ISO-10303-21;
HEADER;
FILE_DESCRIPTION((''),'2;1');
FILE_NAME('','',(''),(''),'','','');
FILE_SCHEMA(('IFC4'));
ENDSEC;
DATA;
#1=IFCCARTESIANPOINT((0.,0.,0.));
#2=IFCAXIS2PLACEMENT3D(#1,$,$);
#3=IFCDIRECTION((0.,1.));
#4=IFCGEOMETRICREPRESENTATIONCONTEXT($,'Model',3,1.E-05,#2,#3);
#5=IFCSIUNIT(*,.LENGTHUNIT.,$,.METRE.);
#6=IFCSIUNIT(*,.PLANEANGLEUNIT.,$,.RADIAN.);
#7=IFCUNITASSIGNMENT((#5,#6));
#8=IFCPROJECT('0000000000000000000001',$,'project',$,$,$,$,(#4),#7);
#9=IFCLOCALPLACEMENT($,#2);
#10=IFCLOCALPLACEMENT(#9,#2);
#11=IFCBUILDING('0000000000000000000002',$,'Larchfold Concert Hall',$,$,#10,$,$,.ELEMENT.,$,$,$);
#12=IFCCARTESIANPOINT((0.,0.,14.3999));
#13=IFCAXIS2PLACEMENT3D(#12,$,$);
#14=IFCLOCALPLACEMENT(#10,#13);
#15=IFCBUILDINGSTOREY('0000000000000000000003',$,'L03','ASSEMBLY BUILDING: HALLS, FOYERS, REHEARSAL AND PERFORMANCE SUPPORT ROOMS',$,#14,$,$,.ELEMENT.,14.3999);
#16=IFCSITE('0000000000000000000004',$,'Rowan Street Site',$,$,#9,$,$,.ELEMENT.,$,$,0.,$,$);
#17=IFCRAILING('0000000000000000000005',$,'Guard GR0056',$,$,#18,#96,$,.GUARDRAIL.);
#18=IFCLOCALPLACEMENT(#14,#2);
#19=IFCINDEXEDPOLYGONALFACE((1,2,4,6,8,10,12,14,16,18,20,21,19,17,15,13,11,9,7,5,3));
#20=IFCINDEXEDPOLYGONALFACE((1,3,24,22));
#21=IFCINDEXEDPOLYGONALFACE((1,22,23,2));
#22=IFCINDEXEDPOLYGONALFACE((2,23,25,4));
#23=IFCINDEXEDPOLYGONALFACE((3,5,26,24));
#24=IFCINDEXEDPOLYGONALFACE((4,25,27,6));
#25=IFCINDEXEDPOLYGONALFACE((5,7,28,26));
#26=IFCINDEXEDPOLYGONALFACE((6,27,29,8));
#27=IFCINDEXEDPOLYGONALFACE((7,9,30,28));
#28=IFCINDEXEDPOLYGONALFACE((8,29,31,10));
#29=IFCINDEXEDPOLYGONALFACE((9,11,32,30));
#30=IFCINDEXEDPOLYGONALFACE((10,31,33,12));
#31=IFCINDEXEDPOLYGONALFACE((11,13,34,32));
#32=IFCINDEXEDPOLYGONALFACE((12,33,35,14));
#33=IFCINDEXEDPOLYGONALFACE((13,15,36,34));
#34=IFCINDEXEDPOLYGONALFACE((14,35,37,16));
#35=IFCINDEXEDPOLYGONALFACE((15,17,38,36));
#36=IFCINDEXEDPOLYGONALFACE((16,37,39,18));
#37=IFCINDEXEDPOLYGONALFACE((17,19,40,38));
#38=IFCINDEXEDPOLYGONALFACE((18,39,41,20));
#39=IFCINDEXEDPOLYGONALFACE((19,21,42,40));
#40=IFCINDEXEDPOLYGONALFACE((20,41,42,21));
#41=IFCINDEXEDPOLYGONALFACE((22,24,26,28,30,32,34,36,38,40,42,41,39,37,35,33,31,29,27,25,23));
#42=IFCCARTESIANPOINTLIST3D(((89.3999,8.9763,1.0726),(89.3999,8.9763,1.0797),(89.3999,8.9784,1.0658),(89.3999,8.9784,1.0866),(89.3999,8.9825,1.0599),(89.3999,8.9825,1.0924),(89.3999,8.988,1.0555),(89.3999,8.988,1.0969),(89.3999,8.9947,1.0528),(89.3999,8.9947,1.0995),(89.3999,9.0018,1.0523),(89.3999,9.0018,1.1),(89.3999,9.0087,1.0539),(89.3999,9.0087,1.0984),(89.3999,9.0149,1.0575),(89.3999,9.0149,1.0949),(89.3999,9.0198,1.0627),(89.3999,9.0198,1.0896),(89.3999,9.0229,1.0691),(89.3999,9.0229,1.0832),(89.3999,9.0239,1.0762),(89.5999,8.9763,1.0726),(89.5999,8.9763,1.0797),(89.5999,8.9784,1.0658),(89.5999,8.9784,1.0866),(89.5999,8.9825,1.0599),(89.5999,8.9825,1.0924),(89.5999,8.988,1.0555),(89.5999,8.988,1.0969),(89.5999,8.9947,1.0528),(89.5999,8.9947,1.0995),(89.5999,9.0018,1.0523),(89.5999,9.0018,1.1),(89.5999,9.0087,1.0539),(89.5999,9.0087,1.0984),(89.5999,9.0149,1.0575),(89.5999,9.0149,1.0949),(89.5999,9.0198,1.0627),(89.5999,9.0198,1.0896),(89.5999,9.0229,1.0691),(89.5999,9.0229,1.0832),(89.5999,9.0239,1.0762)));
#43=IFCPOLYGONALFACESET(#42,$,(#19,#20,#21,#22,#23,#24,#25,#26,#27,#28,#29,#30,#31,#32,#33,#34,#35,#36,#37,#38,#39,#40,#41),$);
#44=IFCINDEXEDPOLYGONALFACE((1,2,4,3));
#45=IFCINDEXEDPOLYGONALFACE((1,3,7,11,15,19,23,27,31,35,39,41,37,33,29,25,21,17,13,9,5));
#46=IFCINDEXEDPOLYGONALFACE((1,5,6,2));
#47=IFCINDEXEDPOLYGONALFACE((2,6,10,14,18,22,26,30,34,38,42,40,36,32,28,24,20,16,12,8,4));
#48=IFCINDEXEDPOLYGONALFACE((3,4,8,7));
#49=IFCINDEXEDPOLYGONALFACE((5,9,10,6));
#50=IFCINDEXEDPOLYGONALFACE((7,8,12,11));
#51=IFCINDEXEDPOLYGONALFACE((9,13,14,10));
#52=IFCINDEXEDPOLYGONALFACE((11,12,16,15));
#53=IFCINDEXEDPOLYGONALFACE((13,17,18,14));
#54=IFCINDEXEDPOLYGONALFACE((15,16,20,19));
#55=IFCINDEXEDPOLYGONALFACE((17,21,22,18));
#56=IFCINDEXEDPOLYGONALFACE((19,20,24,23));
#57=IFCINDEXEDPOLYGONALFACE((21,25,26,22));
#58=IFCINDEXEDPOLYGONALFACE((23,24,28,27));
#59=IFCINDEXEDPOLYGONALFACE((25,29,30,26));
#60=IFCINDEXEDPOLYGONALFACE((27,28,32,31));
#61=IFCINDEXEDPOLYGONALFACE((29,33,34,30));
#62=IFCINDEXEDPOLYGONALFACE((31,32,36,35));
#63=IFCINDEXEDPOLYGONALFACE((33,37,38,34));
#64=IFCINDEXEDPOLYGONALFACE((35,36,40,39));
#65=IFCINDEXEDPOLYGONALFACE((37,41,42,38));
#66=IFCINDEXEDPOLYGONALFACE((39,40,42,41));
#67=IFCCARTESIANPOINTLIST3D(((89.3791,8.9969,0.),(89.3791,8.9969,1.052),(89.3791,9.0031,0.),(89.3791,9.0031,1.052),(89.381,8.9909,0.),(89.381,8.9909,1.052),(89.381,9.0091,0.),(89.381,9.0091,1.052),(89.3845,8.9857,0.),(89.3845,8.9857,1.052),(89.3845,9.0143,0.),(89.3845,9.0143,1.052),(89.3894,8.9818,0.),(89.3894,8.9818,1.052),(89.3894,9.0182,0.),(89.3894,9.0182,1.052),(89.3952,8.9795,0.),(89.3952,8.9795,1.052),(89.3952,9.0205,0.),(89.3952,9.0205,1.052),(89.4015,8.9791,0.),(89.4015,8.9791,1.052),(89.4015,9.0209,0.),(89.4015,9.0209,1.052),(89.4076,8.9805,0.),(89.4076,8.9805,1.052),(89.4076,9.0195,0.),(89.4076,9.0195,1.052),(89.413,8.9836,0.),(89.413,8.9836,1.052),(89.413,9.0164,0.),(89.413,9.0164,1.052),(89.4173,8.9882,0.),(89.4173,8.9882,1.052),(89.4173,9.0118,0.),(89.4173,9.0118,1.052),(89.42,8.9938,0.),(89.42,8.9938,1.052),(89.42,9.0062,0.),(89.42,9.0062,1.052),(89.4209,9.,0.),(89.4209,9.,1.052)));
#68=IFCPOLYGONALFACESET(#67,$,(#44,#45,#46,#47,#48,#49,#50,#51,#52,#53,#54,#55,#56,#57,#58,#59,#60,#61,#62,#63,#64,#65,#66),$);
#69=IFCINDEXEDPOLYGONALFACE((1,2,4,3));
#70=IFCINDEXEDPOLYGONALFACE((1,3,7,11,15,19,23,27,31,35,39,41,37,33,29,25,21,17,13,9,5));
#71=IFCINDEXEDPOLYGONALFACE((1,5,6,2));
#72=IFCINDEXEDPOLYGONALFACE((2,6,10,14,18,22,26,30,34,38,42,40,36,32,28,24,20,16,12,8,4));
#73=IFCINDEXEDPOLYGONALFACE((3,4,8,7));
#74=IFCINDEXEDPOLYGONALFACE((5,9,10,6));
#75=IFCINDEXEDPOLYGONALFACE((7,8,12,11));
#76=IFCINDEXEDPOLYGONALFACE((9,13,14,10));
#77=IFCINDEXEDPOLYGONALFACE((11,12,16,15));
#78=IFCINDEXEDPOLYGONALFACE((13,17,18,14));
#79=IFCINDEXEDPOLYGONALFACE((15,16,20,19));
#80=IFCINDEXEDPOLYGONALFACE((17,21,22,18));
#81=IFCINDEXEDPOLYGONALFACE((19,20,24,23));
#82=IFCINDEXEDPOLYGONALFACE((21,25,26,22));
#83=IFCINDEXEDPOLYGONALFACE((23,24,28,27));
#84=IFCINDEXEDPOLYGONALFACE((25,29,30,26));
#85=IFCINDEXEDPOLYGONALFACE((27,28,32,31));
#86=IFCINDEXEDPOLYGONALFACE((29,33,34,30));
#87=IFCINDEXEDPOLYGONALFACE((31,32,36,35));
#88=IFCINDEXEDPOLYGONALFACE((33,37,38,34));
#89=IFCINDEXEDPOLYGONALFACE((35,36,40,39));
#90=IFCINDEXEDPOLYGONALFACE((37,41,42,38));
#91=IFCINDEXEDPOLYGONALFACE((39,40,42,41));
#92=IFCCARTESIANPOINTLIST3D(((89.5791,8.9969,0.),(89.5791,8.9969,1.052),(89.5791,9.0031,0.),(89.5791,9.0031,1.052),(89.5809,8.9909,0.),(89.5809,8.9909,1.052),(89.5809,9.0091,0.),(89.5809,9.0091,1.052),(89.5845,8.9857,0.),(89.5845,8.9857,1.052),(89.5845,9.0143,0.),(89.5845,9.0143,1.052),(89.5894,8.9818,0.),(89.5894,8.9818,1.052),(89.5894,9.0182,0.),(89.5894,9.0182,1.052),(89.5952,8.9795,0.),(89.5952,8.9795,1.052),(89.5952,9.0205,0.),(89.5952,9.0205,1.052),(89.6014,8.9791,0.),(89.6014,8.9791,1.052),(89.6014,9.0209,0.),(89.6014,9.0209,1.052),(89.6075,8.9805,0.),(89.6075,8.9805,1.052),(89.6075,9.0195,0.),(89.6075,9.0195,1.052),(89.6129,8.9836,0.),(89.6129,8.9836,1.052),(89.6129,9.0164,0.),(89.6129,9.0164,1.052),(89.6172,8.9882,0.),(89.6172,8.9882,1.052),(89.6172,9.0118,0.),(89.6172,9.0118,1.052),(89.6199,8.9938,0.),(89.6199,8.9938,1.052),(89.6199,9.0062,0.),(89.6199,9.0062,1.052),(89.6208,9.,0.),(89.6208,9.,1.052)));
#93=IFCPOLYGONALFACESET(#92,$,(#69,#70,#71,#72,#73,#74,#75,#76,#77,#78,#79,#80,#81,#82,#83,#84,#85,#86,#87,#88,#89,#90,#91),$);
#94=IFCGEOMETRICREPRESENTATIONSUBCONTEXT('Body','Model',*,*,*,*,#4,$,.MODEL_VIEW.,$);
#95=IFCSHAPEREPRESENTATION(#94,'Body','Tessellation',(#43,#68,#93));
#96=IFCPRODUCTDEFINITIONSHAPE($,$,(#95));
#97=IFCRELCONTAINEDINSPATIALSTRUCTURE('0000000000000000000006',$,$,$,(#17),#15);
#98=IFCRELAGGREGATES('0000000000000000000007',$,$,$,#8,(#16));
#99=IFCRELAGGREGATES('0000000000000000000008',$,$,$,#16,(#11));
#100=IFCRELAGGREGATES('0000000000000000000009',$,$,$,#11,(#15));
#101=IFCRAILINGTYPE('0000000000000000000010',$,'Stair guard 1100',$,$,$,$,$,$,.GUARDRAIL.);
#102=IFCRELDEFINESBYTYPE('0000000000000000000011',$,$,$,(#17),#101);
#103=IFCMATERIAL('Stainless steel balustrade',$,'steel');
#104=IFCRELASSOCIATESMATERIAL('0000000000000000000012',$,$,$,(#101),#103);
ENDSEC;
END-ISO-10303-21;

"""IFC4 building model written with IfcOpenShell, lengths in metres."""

from ifc_helpers import new_model, si_unit, direction, frame, origin, origin_2d, place, context, subcontext, project, spatial, circle, extrude, material, type_object, element, save


model = new_model("IFC4")

# Units and contexts
model_context = context("Model", 3, precision=1e-05, world=origin(), true_north=direction((0.0, 1.0)))
body_context = subcontext(model_context, "Body", "Model", "MODEL_VIEW")
ifc_project = project(units=[si_unit("LENGTHUNIT", "METRE"), si_unit("PLANEANGLEUNIT", "RADIAN")], contexts=[model_context])

# Site, building, storey
site_placement = place(None, origin())
site = spatial("IfcSite", under=ifc_project, at=site_placement, Name="Rowan Street Site", CompositionType="ELEMENT", RefElevation=0.0)
building_placement = place(site_placement, origin())
building = spatial("IfcBuilding", under=site, at=building_placement, Name="Larchfold Concert Hall", CompositionType="ELEMENT")
storey_placement = place(building_placement, frame((0.0, 0.0, 14.3999)))
storey = spatial("IfcBuildingStorey", under=building, at=storey_placement, Name="L03", Description="ASSEMBLY BUILDING: HALLS, FOYERS, REHEARSAL AND PERFORMANCE SUPPORT ROOMS", CompositionType="ELEMENT", Elevation=14.3999)

# Railing
ifc_material_1 = material(Name="Stainless steel balustrade", Category="steel")
railing_type_1 = type_object("IfcRailingType", Name="Stair guard 1100", PredefinedType="GUARDRAIL", material=ifc_material_1)
railing_1_placement = place(storey_placement, frame((89.3999, 9.0, 0.0)))
element("IfcRailing", 1, at=railing_1_placement, inside=storey, type_object=railing_type_1, Name="Guard GR0056", PredefinedType="GUARDRAIL", context=body_context, shape_type="SweptSolid", body=[
    extrude(circle(Radius=0.0239, at=origin_2d()), frame((0.0, 0.0, 1.0762), z_axis=(1.0, 0.0, 0.0), x_axis=(0.0, 1.0, 0.0)), (0.0, 0.0, 1.0), 0.2),
    extrude(circle(Radius=0.021, at=origin_2d()), origin(), (0.0, 0.0, 1.0), 1.052),
    extrude(circle(Radius=0.021, at=origin_2d()), frame((0.2, 0.0, 0.0)), (0.0, 0.0, 1.0), 1.052),
])

save(model, "model.ifc")
